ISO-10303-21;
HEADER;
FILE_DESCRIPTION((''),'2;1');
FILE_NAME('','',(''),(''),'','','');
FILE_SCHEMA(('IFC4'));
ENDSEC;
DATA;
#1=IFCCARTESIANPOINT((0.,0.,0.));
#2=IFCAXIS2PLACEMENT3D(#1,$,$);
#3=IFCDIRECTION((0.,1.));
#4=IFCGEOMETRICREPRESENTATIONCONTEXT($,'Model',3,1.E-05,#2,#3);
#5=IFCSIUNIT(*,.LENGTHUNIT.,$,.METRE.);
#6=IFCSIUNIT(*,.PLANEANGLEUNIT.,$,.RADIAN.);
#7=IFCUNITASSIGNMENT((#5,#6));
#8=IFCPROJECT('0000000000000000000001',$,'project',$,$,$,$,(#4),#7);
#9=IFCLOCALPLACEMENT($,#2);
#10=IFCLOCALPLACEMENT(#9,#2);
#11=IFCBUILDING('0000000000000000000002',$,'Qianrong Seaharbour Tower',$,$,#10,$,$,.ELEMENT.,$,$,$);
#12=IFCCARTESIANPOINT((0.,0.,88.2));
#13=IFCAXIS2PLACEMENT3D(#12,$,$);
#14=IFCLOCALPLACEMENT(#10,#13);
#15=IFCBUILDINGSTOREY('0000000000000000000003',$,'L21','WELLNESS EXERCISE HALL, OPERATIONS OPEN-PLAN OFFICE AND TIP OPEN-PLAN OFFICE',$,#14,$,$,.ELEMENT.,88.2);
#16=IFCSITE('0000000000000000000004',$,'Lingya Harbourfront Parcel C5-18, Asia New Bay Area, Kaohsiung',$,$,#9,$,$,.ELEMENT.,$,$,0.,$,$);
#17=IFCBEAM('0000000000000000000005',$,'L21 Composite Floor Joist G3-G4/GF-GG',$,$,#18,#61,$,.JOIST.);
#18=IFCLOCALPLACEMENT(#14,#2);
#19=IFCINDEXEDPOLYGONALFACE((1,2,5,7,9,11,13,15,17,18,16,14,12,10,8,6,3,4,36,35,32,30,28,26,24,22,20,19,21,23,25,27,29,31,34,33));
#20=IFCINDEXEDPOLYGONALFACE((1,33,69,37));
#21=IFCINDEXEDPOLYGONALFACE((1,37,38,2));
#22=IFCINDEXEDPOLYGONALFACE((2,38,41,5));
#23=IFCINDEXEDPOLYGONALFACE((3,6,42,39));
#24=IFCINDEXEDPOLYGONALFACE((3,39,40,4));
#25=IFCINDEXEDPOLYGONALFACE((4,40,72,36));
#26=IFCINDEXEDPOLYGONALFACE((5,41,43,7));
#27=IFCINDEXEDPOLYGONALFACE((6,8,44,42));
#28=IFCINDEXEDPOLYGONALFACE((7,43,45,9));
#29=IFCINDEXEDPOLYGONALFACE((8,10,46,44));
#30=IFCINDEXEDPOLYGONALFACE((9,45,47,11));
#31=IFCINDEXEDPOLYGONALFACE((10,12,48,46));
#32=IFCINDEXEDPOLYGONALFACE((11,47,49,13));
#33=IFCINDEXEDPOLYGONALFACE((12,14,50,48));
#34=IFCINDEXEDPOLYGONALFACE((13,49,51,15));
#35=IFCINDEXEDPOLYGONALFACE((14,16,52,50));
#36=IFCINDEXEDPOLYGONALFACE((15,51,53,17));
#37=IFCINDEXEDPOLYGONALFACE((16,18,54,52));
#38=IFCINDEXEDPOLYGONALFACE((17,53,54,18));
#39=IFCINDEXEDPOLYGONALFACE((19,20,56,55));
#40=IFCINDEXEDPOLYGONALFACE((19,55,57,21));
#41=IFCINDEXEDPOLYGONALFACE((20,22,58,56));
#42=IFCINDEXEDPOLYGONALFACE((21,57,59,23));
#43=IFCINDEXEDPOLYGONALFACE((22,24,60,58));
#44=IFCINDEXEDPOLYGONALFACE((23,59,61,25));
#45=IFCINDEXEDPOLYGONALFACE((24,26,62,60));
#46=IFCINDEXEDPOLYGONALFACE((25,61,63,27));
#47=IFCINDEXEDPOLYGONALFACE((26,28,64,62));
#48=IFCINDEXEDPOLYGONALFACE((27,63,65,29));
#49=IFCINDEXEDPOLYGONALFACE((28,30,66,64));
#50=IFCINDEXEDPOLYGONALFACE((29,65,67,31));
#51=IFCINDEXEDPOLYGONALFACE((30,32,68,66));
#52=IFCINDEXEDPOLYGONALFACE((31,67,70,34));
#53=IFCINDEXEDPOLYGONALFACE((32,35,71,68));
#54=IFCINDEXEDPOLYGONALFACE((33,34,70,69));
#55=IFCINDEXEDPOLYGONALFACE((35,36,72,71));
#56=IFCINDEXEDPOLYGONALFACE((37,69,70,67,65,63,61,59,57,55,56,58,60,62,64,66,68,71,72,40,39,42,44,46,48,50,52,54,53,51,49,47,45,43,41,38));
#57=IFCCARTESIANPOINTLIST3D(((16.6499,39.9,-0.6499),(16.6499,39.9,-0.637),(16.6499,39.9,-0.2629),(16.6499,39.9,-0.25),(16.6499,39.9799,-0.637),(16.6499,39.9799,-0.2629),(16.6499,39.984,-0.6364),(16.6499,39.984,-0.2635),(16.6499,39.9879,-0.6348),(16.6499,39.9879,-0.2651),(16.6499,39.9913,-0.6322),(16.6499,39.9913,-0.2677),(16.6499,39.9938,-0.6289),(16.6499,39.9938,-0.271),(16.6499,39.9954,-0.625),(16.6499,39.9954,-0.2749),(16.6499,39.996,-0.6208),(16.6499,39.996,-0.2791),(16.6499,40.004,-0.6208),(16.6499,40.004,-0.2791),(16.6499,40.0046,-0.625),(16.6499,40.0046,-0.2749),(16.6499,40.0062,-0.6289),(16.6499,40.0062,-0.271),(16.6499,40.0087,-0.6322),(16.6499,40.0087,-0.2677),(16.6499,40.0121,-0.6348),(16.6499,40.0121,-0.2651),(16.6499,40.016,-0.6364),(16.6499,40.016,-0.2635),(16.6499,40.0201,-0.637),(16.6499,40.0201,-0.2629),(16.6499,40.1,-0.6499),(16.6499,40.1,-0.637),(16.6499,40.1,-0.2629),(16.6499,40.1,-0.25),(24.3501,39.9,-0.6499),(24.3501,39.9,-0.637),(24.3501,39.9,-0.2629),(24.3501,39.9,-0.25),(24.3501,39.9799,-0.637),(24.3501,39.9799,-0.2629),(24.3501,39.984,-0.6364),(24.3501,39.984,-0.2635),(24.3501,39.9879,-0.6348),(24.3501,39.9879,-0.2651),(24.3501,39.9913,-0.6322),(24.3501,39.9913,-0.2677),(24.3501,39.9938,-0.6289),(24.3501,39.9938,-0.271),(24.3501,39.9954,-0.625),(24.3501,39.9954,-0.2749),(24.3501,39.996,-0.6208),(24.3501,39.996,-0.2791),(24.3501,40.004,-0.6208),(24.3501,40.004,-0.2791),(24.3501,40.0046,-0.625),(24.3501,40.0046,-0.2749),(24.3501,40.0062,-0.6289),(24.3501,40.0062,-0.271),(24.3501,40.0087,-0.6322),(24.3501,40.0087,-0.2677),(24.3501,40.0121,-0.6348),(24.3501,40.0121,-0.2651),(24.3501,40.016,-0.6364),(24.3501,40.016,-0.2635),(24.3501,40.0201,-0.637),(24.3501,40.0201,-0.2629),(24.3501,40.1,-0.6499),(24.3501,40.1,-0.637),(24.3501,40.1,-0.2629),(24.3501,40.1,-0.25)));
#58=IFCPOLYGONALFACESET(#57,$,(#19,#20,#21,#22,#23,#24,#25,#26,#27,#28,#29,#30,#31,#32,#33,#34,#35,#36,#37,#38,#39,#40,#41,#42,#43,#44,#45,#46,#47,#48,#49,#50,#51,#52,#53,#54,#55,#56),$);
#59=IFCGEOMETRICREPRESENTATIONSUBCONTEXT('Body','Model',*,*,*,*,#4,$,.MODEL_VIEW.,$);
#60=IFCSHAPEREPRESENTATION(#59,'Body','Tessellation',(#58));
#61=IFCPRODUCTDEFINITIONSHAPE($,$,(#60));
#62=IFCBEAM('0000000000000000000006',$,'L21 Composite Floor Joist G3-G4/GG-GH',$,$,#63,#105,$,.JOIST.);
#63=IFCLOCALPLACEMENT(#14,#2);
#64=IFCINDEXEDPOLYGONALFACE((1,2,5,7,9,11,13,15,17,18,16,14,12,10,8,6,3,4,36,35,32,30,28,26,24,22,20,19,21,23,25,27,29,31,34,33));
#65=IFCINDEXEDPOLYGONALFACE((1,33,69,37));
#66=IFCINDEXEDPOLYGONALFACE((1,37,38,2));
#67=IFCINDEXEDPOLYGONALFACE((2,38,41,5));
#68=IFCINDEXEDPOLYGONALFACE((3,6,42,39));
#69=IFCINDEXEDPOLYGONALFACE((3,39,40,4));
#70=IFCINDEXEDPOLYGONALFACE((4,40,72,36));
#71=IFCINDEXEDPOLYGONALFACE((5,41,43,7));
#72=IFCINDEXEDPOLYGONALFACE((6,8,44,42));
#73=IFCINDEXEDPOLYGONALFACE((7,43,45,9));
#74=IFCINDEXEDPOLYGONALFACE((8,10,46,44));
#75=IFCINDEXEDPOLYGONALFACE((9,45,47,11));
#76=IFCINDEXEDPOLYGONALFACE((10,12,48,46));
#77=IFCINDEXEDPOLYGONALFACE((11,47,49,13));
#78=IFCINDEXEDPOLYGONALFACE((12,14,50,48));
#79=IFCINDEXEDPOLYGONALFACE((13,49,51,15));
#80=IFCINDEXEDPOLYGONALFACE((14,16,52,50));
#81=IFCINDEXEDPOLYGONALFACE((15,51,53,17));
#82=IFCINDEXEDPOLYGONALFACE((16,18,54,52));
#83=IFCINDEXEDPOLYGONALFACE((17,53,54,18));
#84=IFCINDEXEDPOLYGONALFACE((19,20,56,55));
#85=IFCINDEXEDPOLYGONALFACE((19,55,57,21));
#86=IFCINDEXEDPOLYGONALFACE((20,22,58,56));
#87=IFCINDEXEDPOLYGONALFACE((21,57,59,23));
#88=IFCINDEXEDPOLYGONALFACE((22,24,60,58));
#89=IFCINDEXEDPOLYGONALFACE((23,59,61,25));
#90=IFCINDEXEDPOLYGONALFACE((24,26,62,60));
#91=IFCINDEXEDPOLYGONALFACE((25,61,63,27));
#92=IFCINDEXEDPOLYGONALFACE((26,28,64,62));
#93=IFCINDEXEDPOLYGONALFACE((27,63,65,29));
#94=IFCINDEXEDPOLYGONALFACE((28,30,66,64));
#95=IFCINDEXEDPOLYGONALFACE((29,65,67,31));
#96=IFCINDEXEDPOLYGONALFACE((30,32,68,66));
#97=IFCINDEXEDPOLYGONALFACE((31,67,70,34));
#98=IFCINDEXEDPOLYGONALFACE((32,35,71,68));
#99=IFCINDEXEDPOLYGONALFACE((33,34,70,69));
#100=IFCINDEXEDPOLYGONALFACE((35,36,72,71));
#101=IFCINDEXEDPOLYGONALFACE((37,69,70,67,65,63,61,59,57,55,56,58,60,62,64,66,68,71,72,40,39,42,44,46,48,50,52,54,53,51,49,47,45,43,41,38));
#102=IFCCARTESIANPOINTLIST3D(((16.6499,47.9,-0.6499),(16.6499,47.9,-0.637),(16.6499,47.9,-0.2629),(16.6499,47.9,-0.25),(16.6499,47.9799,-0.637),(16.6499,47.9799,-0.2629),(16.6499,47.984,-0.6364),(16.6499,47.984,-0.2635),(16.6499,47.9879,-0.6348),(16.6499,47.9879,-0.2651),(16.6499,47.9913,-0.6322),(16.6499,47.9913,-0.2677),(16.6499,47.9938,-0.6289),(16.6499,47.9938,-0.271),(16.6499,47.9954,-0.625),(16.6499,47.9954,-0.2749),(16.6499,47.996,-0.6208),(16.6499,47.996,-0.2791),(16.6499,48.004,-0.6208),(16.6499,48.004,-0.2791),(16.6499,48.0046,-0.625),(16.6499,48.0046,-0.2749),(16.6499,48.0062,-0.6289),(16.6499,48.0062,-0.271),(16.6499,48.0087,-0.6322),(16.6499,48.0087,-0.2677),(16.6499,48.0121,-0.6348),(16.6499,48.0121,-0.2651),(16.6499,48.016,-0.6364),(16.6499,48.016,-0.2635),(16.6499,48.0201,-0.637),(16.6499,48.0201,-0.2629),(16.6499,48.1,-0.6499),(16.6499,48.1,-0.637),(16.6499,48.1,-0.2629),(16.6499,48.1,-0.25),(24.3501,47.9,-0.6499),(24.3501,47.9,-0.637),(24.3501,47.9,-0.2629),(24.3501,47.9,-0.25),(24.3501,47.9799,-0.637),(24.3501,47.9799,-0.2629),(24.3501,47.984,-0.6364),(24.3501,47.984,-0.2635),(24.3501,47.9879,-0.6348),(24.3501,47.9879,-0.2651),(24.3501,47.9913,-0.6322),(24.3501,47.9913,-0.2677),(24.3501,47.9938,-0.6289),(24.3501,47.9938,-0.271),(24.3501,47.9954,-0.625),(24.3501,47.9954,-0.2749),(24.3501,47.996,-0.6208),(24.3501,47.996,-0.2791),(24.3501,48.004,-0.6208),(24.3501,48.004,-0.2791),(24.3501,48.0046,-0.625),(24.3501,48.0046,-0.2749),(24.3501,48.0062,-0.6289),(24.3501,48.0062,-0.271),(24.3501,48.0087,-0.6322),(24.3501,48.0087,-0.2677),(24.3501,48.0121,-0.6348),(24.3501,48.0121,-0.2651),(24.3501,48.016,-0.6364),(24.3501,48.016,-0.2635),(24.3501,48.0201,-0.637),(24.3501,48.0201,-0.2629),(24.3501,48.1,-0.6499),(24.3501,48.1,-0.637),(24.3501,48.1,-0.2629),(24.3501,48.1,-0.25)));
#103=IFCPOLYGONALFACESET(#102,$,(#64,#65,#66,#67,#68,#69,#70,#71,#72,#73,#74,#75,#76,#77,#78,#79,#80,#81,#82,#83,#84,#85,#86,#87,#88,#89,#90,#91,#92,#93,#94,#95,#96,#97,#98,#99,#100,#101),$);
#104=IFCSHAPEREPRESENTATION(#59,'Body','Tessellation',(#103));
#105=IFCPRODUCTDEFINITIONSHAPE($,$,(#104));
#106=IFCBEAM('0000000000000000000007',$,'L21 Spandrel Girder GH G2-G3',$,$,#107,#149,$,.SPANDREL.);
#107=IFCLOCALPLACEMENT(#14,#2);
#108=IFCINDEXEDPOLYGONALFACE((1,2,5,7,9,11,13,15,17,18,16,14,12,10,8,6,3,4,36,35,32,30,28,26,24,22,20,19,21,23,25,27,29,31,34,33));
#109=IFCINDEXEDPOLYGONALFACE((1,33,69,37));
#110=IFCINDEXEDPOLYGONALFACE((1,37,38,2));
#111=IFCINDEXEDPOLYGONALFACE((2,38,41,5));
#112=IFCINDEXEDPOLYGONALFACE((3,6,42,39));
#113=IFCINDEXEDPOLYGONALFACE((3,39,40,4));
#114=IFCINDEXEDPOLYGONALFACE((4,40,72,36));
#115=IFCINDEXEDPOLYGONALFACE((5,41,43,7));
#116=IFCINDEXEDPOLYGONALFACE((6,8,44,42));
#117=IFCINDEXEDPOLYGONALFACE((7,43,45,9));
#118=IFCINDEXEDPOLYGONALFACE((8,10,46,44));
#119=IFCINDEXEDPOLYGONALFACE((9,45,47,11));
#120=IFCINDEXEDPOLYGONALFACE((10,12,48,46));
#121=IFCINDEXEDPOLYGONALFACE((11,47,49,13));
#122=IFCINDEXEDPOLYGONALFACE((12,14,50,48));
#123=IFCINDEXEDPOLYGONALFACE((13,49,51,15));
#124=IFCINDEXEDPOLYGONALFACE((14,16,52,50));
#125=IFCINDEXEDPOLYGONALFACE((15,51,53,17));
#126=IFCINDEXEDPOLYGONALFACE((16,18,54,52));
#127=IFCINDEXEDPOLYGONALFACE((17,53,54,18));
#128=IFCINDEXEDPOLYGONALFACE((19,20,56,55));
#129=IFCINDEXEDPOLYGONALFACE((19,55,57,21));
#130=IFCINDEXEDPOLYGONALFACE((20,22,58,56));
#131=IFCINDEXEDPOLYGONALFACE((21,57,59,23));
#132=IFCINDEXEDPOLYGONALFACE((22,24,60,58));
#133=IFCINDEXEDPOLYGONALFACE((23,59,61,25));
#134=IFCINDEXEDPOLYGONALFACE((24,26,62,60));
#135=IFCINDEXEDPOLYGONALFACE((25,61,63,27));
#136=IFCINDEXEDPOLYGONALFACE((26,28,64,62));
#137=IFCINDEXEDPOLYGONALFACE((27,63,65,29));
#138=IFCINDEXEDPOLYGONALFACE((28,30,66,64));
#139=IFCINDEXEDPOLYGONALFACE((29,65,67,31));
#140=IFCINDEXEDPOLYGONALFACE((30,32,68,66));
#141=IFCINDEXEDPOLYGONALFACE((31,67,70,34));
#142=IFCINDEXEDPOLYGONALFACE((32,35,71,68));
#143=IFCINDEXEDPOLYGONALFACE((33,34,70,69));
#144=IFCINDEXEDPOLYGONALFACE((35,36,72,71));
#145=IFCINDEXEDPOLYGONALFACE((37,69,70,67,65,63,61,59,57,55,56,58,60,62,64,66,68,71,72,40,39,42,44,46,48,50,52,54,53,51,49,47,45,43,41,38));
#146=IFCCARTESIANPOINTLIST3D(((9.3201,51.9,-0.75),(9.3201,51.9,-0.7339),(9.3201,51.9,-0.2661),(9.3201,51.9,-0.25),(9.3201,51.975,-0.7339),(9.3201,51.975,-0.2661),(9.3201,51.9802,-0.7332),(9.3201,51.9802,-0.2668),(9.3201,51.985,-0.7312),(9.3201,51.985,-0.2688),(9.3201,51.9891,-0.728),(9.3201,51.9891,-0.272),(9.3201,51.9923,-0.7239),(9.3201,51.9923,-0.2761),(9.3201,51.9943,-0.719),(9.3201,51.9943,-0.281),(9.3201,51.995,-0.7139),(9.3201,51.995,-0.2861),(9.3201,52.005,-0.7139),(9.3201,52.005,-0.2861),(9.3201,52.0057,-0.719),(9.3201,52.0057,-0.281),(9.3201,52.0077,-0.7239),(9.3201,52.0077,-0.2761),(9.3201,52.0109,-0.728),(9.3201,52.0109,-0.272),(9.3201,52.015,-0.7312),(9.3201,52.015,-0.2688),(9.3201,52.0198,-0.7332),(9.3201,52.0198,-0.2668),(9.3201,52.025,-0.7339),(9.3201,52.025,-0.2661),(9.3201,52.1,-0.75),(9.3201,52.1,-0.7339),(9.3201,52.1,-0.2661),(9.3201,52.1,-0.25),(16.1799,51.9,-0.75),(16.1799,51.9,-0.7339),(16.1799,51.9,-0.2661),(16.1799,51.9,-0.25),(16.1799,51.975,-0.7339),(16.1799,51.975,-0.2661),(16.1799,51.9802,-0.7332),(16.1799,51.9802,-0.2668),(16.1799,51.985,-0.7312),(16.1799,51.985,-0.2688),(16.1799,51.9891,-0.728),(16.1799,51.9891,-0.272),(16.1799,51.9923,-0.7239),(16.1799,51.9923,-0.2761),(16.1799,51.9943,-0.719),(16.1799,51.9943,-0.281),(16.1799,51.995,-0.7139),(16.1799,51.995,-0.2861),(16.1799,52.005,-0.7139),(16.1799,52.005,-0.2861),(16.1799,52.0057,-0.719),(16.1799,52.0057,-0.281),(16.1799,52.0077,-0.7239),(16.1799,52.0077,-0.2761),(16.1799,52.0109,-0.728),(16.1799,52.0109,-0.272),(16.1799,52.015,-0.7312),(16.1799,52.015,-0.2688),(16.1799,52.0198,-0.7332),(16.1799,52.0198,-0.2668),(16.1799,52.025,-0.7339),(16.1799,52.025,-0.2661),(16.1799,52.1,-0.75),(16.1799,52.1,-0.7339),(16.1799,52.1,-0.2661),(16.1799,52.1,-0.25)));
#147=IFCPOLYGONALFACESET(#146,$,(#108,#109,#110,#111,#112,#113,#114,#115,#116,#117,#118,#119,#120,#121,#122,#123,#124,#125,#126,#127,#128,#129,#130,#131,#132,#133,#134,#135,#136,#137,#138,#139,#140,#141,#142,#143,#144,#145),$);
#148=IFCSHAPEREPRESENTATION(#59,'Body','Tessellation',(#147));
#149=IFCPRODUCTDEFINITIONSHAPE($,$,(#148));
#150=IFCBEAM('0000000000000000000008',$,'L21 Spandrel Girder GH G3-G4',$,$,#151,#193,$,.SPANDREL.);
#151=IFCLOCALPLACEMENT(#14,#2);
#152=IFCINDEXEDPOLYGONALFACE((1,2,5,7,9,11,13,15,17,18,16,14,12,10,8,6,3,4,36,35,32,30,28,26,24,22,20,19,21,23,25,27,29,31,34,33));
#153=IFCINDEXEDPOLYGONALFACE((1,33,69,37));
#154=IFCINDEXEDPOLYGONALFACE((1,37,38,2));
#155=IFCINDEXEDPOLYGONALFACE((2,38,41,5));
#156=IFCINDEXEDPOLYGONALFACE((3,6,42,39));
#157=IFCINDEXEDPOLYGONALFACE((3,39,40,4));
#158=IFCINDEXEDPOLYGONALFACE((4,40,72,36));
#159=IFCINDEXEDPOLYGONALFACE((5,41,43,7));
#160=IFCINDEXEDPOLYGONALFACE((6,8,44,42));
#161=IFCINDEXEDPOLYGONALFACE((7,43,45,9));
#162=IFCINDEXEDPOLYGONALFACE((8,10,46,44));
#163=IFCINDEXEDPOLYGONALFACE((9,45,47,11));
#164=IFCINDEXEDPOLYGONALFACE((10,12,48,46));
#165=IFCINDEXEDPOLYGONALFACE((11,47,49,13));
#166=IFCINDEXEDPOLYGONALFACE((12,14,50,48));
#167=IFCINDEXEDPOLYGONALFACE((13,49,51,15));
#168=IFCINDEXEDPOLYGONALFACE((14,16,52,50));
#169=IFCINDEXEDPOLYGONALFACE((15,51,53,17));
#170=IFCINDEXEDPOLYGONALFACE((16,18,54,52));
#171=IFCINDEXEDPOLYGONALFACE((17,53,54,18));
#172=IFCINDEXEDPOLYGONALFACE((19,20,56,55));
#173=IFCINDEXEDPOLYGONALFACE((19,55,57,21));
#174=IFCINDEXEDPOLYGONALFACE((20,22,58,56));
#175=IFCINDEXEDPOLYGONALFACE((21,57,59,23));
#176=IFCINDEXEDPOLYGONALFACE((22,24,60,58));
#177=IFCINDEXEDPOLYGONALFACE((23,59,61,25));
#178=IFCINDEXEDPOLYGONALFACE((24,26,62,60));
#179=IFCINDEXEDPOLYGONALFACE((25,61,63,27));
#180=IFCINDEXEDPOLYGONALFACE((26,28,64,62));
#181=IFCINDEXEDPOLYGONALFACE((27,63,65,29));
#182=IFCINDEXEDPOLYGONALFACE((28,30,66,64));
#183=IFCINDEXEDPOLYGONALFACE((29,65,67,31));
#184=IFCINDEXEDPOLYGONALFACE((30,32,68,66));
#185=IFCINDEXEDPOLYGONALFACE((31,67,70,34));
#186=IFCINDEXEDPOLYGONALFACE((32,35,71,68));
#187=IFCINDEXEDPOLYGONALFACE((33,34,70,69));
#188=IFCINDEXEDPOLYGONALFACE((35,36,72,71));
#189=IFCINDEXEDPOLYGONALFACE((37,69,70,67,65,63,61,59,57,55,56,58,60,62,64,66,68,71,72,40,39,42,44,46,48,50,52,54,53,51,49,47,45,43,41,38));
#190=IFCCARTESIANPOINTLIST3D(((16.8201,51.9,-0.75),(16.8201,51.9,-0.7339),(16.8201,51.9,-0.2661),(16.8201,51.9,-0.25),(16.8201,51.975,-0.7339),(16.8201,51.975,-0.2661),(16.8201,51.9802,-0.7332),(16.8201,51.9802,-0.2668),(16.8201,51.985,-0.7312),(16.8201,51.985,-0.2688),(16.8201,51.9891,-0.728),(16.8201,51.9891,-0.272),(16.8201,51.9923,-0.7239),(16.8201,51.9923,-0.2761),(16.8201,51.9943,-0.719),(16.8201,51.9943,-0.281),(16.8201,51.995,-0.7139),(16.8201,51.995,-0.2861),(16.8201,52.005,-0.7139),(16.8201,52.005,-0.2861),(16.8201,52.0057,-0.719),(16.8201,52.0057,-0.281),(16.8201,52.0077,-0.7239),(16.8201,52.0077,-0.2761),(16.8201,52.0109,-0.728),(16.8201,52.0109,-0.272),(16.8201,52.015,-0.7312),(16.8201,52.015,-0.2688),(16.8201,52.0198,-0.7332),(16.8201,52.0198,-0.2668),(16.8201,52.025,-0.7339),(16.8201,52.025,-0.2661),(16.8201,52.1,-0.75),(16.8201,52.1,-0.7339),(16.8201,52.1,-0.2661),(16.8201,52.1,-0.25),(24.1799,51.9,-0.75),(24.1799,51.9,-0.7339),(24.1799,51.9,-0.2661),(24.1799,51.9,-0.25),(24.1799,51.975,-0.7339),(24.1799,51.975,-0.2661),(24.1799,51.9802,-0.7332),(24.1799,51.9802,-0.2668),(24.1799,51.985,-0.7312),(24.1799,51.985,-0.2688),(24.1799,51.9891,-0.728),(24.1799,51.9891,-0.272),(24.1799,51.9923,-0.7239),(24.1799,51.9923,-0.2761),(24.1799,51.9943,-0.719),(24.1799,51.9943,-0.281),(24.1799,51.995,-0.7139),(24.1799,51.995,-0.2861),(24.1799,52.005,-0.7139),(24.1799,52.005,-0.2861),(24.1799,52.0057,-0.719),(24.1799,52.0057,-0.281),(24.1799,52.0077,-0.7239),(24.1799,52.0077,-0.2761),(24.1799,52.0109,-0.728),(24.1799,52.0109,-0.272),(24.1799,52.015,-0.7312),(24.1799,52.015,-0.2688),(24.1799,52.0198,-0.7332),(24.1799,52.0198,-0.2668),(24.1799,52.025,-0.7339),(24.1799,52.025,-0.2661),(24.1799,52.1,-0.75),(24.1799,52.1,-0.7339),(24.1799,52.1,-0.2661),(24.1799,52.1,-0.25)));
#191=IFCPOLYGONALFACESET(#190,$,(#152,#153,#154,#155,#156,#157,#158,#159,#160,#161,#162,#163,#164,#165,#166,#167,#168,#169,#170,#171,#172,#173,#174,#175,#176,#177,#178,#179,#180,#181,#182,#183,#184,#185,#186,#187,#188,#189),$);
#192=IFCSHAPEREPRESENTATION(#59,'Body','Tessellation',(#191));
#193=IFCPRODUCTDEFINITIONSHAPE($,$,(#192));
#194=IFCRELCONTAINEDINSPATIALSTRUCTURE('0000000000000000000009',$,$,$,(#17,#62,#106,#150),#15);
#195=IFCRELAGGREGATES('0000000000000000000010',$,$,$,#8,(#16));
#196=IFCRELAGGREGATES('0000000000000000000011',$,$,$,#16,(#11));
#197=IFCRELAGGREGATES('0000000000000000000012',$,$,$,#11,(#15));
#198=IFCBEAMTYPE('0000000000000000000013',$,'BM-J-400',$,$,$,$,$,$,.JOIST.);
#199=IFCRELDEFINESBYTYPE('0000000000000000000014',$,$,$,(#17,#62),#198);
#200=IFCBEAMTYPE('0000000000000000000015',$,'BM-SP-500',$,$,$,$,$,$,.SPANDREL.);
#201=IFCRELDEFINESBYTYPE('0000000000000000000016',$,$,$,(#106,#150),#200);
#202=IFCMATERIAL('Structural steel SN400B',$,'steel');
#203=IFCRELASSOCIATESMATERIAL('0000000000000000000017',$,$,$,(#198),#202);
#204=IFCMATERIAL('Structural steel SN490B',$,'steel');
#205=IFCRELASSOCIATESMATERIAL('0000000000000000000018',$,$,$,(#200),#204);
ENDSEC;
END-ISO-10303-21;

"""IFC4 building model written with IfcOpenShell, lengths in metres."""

from ifc_helpers import new_model, si_unit, direction, frame, origin, origin_2d, place, context, subcontext, project, spatial, i_section, extrude, material, material_profile, profile_set, type_object, element, save


model = new_model("IFC4")

# Units and contexts
model_context = context("Model", 3, precision=1e-05, world=origin(), true_north=direction((0.0, 1.0)))
body_context = subcontext(model_context, "Body", "Model", "MODEL_VIEW")
ifc_project = project(units=[si_unit("LENGTHUNIT", "METRE"), si_unit("PLANEANGLEUNIT", "RADIAN")], contexts=[model_context])

# Site, building, storey
site_placement = place(None, origin())
site = spatial("IfcSite", under=ifc_project, at=site_placement, Name="Lingya Harbourfront Parcel C5-18, Asia New Bay Area, Kaohsiung", CompositionType="ELEMENT", RefElevation=0.0)
building_placement = place(site_placement, origin())
building = spatial("IfcBuilding", under=site, at=building_placement, Name="Qianrong Seaharbour Tower", CompositionType="ELEMENT")
storey_placement = place(building_placement, frame((0.0, 0.0, 88.2)))
storey = spatial("IfcBuildingStorey", under=building, at=storey_placement, Name="L21", Description="WELLNESS EXERCISE HALL, OPERATIONS OPEN-PLAN OFFICE AND TIP OPEN-PLAN OFFICE", CompositionType="ELEMENT", Elevation=88.2)

# Shared definitions
ifc_material_1 = material(Name="Structural steel SN490B", Category="steel")

# Beams
ifc_material_2 = material(Name="Structural steel SN400B", Category="steel")
ifc_material_profile_1 = material_profile(ifc_material_2, i_section(OverallWidth=0.2, OverallDepth=0.3999, WebThickness=0.0081, FlangeThickness=0.0129, FilletRadius=0.0161, at=origin_2d()), Name="H400x200x8x13")
ifc_profile_set_1 = profile_set([ifc_material_profile_1], Name="Structural steel SN400B")
beam_type_1 = type_object("IfcBeamType", Name="BM-J-400", PredefinedType="JOIST", material=ifc_profile_set_1)
for number, where, z_axis, x_axis, name in (
    (1, (16.6499, 40.0, -0.45), (1.0, 0.0, 0.0), (0.0, 1.0, 0.0), "L21 Composite Floor Joist G3-G4/GF-GG"),
    (2, (16.6499, 48.0, -0.45), (1.0, 0.0, 0.0), (0.0, 1.0, 0.0), "L21 Composite Floor Joist G3-G4/GG-GH"),
):
    element("IfcBeam", number, at=place(storey_placement, frame(where, z_axis=z_axis, x_axis=x_axis)), inside=storey, type_object=beam_type_1, Name=name, PredefinedType="JOIST", context=body_context, shape_type="SweptSolid", body=[
        extrude(i_section(OverallWidth=0.2, OverallDepth=0.3999, WebThickness=0.0081, FlangeThickness=0.0129, FilletRadius=0.0161, at=origin_2d()), origin(), (0.0, 0.0, 1.0), 7.7002),
    ])
ifc_material_profile_2 = material_profile(ifc_material_1, i_section(OverallWidth=0.2, OverallDepth=0.5, WebThickness=0.01, FlangeThickness=0.0161, FilletRadius=0.02, at=origin_2d()), Name="H500x200x10x16")
ifc_profile_set_2 = profile_set([ifc_material_profile_2], Name="Structural steel SN490B")
beam_type_2 = type_object("IfcBeamType", Name="BM-SP-500", PredefinedType="SPANDREL", material=ifc_profile_set_2)
beam_1_placement = place(storey_placement, frame((9.3201, 52.0, -0.5), z_axis=(1.0, 0.0, 0.0), x_axis=(0.0, 1.0, 0.0)))
element("IfcBeam", 3, at=beam_1_placement, inside=storey, type_object=beam_type_2, Name="L21 Spandrel Girder GH G2-G3", PredefinedType="SPANDREL", context=body_context, shape_type="SweptSolid", body=[
    extrude(i_section(OverallWidth=0.2, OverallDepth=0.5, WebThickness=0.01, FlangeThickness=0.0161, FilletRadius=0.02, at=origin_2d()), origin(), (0.0, 0.0, 1.0), 6.8599),
])
beam_2_placement = place(storey_placement, frame((16.8201, 52.0, -0.5), z_axis=(1.0, 0.0, 0.0), x_axis=(0.0, 1.0, 0.0)))
element("IfcBeam", 4, at=beam_2_placement, inside=storey, type_object=beam_type_2, Name="L21 Spandrel Girder GH G3-G4", PredefinedType="SPANDREL", context=body_context, shape_type="SweptSolid", body=[
    extrude(i_section(OverallWidth=0.2, OverallDepth=0.5, WebThickness=0.01, FlangeThickness=0.0161, FilletRadius=0.02, at=origin_2d()), origin(), (0.0, 0.0, 1.0), 7.3599),
])

save(model, "model.ifc")
